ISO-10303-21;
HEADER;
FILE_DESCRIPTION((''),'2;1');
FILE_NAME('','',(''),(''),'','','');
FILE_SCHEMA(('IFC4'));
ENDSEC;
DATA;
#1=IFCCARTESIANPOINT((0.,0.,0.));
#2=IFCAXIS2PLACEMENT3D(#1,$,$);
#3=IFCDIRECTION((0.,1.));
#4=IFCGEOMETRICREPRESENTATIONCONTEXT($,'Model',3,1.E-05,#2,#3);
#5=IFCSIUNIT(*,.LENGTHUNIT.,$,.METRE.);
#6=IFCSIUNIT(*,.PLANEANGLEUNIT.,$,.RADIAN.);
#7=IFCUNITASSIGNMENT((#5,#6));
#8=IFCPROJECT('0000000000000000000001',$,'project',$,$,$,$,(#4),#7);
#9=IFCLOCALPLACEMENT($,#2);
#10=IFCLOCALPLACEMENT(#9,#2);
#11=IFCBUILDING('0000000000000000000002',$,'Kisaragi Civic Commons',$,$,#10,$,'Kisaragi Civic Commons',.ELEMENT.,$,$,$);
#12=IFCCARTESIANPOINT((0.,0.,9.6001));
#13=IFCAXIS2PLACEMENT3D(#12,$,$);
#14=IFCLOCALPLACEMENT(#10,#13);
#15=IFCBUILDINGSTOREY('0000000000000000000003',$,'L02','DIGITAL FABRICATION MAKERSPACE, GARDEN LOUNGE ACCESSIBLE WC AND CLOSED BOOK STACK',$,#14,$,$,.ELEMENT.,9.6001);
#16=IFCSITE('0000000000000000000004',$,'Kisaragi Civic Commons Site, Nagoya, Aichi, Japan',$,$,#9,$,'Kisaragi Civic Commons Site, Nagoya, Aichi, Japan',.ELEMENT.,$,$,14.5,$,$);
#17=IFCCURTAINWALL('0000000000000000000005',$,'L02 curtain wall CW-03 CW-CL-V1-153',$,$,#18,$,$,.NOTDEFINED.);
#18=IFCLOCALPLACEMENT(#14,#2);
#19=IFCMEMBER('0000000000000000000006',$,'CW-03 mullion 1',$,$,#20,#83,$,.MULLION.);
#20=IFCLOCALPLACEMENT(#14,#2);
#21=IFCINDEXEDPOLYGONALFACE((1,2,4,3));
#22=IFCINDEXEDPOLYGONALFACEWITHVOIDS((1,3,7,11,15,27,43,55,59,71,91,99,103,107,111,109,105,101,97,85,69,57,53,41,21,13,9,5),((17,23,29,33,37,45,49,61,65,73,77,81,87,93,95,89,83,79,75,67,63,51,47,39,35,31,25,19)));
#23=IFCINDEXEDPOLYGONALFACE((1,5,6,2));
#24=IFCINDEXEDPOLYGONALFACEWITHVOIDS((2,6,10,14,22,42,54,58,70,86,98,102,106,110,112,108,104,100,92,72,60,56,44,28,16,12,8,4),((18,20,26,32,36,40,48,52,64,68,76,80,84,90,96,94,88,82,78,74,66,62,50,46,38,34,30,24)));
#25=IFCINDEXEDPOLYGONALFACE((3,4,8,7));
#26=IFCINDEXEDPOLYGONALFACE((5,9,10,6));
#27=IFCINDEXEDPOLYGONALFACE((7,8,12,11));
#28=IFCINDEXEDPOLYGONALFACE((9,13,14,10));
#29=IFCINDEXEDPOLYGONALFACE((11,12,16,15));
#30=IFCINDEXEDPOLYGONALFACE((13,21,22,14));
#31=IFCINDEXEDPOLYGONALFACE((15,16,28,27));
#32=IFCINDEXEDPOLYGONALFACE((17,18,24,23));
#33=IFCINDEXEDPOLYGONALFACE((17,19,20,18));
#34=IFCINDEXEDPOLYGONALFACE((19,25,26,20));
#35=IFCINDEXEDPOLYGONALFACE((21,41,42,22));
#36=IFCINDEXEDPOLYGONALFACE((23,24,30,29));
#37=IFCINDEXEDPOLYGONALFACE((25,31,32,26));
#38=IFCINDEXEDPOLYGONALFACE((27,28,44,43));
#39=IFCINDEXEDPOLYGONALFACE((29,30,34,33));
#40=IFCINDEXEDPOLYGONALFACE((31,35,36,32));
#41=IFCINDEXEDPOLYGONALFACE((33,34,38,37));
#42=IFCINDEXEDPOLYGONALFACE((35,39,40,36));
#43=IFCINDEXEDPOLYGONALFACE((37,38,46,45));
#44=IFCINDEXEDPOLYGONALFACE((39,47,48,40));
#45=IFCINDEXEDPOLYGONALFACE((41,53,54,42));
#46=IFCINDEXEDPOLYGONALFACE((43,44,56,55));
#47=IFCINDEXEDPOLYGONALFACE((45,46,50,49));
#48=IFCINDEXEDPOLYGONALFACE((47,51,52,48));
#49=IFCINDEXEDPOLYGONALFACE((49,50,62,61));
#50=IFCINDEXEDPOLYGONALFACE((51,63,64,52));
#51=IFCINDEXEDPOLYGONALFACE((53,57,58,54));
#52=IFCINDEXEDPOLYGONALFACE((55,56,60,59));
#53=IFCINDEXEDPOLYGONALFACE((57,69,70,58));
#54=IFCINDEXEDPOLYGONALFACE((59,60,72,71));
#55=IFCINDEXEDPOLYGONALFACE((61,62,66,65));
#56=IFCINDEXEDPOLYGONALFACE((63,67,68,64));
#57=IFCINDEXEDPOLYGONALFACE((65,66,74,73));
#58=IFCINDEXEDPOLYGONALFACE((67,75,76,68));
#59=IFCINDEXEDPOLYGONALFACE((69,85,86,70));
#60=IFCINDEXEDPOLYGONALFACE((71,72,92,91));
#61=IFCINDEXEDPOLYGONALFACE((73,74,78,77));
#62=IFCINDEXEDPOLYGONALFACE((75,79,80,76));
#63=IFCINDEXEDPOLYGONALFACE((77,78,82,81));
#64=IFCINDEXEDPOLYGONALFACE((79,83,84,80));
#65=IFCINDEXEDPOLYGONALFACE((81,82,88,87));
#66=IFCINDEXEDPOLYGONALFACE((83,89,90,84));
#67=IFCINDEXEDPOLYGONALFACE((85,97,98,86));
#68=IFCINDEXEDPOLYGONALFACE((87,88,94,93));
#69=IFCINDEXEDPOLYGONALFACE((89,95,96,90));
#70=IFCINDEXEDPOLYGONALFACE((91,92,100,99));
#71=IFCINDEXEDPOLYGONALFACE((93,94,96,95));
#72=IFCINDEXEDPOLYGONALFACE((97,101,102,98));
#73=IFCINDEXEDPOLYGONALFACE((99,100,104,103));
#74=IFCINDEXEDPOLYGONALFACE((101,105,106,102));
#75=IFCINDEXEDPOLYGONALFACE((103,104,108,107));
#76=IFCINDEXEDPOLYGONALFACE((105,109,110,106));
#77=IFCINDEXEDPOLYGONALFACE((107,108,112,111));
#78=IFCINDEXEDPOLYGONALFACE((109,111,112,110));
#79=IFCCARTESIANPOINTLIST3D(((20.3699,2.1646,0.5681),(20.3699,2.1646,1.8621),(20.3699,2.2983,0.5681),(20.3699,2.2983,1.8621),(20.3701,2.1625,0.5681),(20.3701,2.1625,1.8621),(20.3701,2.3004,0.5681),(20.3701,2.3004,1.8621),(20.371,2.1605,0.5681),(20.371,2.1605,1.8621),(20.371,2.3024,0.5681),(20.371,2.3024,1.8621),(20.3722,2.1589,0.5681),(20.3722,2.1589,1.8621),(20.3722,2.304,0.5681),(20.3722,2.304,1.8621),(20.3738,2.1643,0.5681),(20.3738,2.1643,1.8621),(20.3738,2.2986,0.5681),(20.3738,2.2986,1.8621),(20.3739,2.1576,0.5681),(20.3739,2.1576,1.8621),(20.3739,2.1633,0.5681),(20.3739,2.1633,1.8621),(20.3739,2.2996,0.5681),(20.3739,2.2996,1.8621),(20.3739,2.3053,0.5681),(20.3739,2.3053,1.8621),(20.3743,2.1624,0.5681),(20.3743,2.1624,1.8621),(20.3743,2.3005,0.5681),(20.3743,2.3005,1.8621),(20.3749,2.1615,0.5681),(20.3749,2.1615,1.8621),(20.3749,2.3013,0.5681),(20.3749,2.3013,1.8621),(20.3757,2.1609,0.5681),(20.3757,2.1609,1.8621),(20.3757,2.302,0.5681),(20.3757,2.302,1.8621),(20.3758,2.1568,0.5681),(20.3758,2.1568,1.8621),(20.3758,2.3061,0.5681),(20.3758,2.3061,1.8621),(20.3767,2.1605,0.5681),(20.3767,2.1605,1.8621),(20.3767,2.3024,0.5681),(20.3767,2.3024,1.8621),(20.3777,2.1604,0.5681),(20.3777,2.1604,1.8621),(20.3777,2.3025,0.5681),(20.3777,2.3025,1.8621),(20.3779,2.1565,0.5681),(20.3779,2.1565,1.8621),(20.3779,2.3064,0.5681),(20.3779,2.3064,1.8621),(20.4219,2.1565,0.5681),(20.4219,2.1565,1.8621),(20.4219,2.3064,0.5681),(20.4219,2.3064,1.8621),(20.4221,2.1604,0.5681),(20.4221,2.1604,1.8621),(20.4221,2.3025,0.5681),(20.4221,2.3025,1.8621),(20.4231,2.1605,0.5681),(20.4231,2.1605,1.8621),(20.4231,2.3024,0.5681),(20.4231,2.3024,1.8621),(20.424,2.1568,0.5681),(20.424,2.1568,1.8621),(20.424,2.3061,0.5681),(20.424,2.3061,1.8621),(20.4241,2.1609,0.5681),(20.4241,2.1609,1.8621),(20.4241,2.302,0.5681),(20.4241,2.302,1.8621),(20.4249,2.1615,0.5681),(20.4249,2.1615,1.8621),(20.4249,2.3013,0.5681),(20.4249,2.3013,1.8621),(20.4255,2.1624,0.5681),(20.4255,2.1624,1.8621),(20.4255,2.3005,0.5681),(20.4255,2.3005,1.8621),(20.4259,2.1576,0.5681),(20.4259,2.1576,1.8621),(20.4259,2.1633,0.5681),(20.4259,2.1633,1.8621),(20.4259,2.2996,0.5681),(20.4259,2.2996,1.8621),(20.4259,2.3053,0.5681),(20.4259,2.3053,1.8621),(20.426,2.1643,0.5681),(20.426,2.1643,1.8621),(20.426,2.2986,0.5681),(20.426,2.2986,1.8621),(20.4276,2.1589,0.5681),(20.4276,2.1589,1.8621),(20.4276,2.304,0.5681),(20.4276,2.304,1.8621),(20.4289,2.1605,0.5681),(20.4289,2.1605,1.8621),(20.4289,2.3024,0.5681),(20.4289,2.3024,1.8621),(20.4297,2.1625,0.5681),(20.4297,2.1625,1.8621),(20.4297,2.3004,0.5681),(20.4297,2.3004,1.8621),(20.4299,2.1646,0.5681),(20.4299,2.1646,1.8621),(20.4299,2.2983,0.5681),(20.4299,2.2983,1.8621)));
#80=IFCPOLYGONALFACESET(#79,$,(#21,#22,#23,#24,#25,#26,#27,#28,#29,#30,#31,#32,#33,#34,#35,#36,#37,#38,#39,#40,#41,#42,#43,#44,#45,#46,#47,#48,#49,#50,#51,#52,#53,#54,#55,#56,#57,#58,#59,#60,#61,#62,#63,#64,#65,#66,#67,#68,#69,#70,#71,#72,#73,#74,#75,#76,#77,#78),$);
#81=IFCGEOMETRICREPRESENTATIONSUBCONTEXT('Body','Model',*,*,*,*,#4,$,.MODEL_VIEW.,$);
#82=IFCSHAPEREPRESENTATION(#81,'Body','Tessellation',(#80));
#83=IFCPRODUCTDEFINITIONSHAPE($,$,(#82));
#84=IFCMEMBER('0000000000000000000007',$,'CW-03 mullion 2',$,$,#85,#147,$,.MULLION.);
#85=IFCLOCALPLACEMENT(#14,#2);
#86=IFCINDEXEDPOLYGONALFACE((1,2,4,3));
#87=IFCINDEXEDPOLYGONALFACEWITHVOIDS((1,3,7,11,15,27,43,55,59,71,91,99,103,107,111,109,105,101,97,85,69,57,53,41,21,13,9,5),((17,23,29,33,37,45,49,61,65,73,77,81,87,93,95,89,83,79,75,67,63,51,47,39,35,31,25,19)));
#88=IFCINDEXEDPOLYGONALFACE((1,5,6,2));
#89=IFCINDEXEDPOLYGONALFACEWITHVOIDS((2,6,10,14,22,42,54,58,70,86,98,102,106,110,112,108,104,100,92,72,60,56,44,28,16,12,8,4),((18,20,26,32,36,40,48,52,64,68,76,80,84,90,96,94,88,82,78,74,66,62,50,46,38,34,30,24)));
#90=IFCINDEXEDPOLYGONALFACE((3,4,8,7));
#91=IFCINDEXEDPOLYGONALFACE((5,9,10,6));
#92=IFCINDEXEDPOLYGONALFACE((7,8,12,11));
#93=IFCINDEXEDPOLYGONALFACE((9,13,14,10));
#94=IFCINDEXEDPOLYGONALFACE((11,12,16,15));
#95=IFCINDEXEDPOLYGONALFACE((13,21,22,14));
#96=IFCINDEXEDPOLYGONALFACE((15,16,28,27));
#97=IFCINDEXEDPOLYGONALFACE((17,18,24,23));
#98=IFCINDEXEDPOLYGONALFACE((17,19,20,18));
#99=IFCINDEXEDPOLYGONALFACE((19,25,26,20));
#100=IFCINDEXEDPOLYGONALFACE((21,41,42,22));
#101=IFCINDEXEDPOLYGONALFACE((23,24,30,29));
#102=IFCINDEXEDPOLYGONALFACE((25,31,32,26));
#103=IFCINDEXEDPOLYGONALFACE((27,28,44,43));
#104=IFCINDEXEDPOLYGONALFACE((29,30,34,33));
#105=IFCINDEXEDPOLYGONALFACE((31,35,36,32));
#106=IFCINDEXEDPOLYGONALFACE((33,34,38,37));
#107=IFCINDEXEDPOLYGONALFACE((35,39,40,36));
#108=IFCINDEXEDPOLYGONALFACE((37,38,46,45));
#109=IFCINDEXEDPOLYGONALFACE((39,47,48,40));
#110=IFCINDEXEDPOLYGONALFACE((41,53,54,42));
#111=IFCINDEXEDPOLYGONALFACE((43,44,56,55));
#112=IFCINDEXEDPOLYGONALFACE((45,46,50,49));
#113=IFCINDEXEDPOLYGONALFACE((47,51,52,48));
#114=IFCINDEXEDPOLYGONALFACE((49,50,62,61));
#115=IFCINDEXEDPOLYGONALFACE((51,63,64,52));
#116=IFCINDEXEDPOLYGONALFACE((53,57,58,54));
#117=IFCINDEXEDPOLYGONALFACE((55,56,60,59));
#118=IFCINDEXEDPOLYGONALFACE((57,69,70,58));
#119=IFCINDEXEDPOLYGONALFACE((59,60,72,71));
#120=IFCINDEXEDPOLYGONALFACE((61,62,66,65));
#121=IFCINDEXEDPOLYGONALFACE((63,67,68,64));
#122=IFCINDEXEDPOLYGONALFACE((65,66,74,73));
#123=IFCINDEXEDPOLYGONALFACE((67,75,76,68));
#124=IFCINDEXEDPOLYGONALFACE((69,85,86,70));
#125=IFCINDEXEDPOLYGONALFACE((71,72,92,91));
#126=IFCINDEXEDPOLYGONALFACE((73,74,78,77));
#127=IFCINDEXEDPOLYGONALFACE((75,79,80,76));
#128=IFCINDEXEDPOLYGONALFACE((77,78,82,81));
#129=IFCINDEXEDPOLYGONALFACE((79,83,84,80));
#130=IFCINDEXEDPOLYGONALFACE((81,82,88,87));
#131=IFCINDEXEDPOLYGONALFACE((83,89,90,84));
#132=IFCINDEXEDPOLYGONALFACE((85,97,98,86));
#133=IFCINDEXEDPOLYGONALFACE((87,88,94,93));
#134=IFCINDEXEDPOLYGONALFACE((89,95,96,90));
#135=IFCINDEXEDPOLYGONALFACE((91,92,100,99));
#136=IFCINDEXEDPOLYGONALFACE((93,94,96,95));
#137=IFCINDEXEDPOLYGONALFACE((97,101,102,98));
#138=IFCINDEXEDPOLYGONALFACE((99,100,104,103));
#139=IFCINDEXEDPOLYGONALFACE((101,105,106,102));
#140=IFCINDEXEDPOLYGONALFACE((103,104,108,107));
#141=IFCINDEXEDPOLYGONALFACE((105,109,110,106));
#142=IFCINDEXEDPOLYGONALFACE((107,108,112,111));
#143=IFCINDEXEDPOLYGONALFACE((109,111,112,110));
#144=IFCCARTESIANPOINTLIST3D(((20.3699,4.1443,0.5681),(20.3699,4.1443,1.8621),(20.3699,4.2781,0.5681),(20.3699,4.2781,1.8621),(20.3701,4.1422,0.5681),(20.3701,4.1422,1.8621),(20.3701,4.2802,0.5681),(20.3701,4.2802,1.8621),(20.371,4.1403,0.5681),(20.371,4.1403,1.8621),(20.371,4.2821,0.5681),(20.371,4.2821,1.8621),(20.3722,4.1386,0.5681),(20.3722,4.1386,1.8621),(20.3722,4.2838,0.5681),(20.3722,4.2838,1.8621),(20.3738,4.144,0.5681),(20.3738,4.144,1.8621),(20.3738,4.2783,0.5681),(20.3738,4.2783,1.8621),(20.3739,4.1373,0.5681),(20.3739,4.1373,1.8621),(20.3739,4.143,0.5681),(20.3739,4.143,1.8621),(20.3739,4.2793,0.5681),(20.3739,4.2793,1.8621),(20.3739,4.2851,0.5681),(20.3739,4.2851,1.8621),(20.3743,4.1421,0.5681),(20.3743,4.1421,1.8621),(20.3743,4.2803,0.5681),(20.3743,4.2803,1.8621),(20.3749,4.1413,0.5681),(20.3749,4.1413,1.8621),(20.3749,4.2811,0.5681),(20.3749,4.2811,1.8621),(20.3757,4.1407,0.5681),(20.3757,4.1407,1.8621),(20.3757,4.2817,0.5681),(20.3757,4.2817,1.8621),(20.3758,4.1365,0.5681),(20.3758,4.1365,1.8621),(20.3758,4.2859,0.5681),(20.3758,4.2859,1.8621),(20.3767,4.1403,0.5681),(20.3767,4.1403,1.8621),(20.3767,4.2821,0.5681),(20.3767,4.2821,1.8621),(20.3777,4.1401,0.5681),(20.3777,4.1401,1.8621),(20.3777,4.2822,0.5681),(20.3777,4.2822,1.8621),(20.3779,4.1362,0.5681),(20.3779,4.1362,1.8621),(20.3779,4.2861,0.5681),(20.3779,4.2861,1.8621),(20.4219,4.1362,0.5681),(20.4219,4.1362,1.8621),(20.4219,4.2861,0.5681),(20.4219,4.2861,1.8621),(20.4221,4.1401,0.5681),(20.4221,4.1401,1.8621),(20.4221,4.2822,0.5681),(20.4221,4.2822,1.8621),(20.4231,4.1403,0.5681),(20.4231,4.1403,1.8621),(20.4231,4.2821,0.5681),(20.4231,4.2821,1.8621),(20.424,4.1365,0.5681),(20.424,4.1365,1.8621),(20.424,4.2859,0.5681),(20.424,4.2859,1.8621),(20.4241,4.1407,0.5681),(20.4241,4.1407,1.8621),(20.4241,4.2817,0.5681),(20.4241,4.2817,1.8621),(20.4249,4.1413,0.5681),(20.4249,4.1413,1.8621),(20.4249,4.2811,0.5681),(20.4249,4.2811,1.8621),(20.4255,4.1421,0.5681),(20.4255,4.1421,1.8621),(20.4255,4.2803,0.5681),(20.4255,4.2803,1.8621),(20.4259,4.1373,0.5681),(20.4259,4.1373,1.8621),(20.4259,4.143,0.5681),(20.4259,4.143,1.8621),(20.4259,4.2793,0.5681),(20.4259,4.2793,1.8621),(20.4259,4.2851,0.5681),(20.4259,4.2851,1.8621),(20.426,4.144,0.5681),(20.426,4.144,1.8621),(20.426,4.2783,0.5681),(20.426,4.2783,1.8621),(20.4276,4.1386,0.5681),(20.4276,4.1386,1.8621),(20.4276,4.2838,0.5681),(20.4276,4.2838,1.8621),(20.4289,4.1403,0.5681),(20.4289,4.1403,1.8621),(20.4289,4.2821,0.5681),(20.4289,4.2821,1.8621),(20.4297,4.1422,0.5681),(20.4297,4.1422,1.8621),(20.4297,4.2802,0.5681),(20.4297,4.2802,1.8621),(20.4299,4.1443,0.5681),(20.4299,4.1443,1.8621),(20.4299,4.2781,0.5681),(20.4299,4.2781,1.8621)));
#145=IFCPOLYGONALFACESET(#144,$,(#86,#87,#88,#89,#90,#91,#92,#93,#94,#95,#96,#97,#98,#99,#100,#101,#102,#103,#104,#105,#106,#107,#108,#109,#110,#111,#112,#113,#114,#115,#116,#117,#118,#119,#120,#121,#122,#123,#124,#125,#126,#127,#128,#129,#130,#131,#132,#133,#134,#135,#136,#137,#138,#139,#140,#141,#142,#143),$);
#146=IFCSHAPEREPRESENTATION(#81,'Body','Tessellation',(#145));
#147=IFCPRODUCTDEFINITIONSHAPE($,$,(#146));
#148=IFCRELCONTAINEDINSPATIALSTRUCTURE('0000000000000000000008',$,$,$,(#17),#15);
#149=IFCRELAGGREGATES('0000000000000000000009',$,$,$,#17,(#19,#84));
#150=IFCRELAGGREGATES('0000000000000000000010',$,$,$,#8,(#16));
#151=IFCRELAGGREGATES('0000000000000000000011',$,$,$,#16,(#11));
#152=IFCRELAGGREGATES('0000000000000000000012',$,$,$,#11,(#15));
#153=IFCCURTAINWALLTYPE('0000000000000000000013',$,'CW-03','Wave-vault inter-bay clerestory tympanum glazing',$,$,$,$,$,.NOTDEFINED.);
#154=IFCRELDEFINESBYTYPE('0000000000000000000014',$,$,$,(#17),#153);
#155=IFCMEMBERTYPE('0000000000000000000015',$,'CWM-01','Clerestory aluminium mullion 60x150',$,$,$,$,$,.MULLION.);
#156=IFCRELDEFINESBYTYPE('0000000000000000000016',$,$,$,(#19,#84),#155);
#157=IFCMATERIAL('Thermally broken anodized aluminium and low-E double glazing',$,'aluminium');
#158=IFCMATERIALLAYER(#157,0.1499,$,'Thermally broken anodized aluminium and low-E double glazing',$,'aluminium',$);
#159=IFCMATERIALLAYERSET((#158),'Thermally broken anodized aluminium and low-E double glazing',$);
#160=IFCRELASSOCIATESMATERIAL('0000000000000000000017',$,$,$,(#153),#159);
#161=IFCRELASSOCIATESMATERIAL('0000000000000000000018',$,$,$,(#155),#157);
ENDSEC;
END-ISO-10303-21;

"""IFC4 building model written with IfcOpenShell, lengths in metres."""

from ifc_helpers import new_model, si_unit, direction, frame, origin, origin_2d, place, context, subcontext, project, spatial, hollow_rectangle, extrude, material, layer, layer_set, material_profile, profile_set, type_object, element, aggregate, save


model = new_model("IFC4")

# Units and contexts
model_context = context("Model", 3, precision=1e-05, world=origin(), true_north=direction((0.0, 1.0)))
body_context = subcontext(model_context, "Body", "Model", "MODEL_VIEW")
ifc_project = project(units=[si_unit("LENGTHUNIT", "METRE"), si_unit("PLANEANGLEUNIT", "RADIAN")], contexts=[model_context])

# Site, building, storey
site_placement = place(None, origin())
site = spatial("IfcSite", under=ifc_project, at=site_placement, Name="Kisaragi Civic Commons Site, Nagoya, Aichi, Japan", LongName="Kisaragi Civic Commons Site, Nagoya, Aichi, Japan", CompositionType="ELEMENT", RefElevation=14.5)
building_placement = place(site_placement, origin())
building = spatial("IfcBuilding", under=site, at=building_placement, Name="Kisaragi Civic Commons", LongName="Kisaragi Civic Commons", CompositionType="ELEMENT")
storey_placement = place(building_placement, frame((0.0, 0.0, 9.6001)))
storey = spatial("IfcBuildingStorey", under=building, at=storey_placement, Name="L02", Description="DIGITAL FABRICATION MAKERSPACE, GARDEN LOUNGE ACCESSIBLE WC AND CLOSED BOOK STACK", CompositionType="ELEMENT", Elevation=9.6001)

# Curtain wall, members
ifc_material_1 = material(Name="Thermally broken anodized aluminium and low-E double glazing", Category="aluminium")
ifc_layer_1 = layer(ifc_material_1, 0.1499, Name="Thermally broken anodized aluminium and low-E double glazing", Category="aluminium")
ifc_layer_set_1 = layer_set([ifc_layer_1], Name="Thermally broken anodized aluminium and low-E double glazing")
curtain_wall_type = type_object("IfcCurtainWallType", Name="CW-03", Description="Wave-vault inter-bay clerestory tympanum glazing", PredefinedType="NOTDEFINED", material=ifc_layer_set_1)
curtain_wall_1_placement = place(storey_placement, origin())
curtain_wall_1 = element("IfcCurtainWall", 1, at=curtain_wall_1_placement, inside=storey, type_object=curtain_wall_type, Name="L02 curtain wall CW-03 CW-CL-V1-153", PredefinedType="NOTDEFINED")
ifc_material_profile_1 = material_profile(ifc_material_1, hollow_rectangle(XDim=0.0601, YDim=0.1499, WallThickness=0.0039, InnerFilletRadius=0.0039, OuterFilletRadius=0.0081, at=origin_2d()), Name="CWM-60x150x4", Category="aluminium")
ifc_profile_set_1 = profile_set([ifc_material_profile_1], Name="Thermally broken anodized aluminium and low-E double glazing")
member_type_1 = type_object("IfcMemberType", Name="CWM-01", Description="Clerestory aluminium mullion 60x150", PredefinedType="MULLION", material=ifc_profile_set_1)
member_1_placement = place(storey_placement, frame((20.3999, 2.2314, 0.5681), z_axis=(0.0, 0.0, 1.0), x_axis=(-1.0, 0.0, 0.0)))
member_1 = element("IfcMember", 2, at=member_1_placement, type_object=member_type_1, Name="CW-03 mullion 1", PredefinedType="MULLION", context=body_context, shape_type="SweptSolid", body=[
    extrude(hollow_rectangle(XDim=0.0601, YDim=0.1499, WallThickness=0.0039, InnerFilletRadius=0.0039, OuterFilletRadius=0.0081, at=origin_2d()), origin(), (0.0, 0.0, 1.0), 1.2939),
])
member_2_placement = place(storey_placement, frame((20.3999, 4.2112, 0.5681), z_axis=(0.0, 0.0, 1.0), x_axis=(-1.0, 0.0, 0.0)))
member_2 = element("IfcMember", 3, at=member_2_placement, type_object=member_type_1, Name="CW-03 mullion 2", PredefinedType="MULLION", context=body_context, shape_type="SweptSolid", body=[
    extrude(hollow_rectangle(XDim=0.0601, YDim=0.1499, WallThickness=0.0039, InnerFilletRadius=0.0039, OuterFilletRadius=0.0081, at=origin_2d()), origin(), (0.0, 0.0, 1.0), 1.2939),
])

aggregate(curtain_wall_1, [member_1, member_2])

save(model, "model.ifc")
